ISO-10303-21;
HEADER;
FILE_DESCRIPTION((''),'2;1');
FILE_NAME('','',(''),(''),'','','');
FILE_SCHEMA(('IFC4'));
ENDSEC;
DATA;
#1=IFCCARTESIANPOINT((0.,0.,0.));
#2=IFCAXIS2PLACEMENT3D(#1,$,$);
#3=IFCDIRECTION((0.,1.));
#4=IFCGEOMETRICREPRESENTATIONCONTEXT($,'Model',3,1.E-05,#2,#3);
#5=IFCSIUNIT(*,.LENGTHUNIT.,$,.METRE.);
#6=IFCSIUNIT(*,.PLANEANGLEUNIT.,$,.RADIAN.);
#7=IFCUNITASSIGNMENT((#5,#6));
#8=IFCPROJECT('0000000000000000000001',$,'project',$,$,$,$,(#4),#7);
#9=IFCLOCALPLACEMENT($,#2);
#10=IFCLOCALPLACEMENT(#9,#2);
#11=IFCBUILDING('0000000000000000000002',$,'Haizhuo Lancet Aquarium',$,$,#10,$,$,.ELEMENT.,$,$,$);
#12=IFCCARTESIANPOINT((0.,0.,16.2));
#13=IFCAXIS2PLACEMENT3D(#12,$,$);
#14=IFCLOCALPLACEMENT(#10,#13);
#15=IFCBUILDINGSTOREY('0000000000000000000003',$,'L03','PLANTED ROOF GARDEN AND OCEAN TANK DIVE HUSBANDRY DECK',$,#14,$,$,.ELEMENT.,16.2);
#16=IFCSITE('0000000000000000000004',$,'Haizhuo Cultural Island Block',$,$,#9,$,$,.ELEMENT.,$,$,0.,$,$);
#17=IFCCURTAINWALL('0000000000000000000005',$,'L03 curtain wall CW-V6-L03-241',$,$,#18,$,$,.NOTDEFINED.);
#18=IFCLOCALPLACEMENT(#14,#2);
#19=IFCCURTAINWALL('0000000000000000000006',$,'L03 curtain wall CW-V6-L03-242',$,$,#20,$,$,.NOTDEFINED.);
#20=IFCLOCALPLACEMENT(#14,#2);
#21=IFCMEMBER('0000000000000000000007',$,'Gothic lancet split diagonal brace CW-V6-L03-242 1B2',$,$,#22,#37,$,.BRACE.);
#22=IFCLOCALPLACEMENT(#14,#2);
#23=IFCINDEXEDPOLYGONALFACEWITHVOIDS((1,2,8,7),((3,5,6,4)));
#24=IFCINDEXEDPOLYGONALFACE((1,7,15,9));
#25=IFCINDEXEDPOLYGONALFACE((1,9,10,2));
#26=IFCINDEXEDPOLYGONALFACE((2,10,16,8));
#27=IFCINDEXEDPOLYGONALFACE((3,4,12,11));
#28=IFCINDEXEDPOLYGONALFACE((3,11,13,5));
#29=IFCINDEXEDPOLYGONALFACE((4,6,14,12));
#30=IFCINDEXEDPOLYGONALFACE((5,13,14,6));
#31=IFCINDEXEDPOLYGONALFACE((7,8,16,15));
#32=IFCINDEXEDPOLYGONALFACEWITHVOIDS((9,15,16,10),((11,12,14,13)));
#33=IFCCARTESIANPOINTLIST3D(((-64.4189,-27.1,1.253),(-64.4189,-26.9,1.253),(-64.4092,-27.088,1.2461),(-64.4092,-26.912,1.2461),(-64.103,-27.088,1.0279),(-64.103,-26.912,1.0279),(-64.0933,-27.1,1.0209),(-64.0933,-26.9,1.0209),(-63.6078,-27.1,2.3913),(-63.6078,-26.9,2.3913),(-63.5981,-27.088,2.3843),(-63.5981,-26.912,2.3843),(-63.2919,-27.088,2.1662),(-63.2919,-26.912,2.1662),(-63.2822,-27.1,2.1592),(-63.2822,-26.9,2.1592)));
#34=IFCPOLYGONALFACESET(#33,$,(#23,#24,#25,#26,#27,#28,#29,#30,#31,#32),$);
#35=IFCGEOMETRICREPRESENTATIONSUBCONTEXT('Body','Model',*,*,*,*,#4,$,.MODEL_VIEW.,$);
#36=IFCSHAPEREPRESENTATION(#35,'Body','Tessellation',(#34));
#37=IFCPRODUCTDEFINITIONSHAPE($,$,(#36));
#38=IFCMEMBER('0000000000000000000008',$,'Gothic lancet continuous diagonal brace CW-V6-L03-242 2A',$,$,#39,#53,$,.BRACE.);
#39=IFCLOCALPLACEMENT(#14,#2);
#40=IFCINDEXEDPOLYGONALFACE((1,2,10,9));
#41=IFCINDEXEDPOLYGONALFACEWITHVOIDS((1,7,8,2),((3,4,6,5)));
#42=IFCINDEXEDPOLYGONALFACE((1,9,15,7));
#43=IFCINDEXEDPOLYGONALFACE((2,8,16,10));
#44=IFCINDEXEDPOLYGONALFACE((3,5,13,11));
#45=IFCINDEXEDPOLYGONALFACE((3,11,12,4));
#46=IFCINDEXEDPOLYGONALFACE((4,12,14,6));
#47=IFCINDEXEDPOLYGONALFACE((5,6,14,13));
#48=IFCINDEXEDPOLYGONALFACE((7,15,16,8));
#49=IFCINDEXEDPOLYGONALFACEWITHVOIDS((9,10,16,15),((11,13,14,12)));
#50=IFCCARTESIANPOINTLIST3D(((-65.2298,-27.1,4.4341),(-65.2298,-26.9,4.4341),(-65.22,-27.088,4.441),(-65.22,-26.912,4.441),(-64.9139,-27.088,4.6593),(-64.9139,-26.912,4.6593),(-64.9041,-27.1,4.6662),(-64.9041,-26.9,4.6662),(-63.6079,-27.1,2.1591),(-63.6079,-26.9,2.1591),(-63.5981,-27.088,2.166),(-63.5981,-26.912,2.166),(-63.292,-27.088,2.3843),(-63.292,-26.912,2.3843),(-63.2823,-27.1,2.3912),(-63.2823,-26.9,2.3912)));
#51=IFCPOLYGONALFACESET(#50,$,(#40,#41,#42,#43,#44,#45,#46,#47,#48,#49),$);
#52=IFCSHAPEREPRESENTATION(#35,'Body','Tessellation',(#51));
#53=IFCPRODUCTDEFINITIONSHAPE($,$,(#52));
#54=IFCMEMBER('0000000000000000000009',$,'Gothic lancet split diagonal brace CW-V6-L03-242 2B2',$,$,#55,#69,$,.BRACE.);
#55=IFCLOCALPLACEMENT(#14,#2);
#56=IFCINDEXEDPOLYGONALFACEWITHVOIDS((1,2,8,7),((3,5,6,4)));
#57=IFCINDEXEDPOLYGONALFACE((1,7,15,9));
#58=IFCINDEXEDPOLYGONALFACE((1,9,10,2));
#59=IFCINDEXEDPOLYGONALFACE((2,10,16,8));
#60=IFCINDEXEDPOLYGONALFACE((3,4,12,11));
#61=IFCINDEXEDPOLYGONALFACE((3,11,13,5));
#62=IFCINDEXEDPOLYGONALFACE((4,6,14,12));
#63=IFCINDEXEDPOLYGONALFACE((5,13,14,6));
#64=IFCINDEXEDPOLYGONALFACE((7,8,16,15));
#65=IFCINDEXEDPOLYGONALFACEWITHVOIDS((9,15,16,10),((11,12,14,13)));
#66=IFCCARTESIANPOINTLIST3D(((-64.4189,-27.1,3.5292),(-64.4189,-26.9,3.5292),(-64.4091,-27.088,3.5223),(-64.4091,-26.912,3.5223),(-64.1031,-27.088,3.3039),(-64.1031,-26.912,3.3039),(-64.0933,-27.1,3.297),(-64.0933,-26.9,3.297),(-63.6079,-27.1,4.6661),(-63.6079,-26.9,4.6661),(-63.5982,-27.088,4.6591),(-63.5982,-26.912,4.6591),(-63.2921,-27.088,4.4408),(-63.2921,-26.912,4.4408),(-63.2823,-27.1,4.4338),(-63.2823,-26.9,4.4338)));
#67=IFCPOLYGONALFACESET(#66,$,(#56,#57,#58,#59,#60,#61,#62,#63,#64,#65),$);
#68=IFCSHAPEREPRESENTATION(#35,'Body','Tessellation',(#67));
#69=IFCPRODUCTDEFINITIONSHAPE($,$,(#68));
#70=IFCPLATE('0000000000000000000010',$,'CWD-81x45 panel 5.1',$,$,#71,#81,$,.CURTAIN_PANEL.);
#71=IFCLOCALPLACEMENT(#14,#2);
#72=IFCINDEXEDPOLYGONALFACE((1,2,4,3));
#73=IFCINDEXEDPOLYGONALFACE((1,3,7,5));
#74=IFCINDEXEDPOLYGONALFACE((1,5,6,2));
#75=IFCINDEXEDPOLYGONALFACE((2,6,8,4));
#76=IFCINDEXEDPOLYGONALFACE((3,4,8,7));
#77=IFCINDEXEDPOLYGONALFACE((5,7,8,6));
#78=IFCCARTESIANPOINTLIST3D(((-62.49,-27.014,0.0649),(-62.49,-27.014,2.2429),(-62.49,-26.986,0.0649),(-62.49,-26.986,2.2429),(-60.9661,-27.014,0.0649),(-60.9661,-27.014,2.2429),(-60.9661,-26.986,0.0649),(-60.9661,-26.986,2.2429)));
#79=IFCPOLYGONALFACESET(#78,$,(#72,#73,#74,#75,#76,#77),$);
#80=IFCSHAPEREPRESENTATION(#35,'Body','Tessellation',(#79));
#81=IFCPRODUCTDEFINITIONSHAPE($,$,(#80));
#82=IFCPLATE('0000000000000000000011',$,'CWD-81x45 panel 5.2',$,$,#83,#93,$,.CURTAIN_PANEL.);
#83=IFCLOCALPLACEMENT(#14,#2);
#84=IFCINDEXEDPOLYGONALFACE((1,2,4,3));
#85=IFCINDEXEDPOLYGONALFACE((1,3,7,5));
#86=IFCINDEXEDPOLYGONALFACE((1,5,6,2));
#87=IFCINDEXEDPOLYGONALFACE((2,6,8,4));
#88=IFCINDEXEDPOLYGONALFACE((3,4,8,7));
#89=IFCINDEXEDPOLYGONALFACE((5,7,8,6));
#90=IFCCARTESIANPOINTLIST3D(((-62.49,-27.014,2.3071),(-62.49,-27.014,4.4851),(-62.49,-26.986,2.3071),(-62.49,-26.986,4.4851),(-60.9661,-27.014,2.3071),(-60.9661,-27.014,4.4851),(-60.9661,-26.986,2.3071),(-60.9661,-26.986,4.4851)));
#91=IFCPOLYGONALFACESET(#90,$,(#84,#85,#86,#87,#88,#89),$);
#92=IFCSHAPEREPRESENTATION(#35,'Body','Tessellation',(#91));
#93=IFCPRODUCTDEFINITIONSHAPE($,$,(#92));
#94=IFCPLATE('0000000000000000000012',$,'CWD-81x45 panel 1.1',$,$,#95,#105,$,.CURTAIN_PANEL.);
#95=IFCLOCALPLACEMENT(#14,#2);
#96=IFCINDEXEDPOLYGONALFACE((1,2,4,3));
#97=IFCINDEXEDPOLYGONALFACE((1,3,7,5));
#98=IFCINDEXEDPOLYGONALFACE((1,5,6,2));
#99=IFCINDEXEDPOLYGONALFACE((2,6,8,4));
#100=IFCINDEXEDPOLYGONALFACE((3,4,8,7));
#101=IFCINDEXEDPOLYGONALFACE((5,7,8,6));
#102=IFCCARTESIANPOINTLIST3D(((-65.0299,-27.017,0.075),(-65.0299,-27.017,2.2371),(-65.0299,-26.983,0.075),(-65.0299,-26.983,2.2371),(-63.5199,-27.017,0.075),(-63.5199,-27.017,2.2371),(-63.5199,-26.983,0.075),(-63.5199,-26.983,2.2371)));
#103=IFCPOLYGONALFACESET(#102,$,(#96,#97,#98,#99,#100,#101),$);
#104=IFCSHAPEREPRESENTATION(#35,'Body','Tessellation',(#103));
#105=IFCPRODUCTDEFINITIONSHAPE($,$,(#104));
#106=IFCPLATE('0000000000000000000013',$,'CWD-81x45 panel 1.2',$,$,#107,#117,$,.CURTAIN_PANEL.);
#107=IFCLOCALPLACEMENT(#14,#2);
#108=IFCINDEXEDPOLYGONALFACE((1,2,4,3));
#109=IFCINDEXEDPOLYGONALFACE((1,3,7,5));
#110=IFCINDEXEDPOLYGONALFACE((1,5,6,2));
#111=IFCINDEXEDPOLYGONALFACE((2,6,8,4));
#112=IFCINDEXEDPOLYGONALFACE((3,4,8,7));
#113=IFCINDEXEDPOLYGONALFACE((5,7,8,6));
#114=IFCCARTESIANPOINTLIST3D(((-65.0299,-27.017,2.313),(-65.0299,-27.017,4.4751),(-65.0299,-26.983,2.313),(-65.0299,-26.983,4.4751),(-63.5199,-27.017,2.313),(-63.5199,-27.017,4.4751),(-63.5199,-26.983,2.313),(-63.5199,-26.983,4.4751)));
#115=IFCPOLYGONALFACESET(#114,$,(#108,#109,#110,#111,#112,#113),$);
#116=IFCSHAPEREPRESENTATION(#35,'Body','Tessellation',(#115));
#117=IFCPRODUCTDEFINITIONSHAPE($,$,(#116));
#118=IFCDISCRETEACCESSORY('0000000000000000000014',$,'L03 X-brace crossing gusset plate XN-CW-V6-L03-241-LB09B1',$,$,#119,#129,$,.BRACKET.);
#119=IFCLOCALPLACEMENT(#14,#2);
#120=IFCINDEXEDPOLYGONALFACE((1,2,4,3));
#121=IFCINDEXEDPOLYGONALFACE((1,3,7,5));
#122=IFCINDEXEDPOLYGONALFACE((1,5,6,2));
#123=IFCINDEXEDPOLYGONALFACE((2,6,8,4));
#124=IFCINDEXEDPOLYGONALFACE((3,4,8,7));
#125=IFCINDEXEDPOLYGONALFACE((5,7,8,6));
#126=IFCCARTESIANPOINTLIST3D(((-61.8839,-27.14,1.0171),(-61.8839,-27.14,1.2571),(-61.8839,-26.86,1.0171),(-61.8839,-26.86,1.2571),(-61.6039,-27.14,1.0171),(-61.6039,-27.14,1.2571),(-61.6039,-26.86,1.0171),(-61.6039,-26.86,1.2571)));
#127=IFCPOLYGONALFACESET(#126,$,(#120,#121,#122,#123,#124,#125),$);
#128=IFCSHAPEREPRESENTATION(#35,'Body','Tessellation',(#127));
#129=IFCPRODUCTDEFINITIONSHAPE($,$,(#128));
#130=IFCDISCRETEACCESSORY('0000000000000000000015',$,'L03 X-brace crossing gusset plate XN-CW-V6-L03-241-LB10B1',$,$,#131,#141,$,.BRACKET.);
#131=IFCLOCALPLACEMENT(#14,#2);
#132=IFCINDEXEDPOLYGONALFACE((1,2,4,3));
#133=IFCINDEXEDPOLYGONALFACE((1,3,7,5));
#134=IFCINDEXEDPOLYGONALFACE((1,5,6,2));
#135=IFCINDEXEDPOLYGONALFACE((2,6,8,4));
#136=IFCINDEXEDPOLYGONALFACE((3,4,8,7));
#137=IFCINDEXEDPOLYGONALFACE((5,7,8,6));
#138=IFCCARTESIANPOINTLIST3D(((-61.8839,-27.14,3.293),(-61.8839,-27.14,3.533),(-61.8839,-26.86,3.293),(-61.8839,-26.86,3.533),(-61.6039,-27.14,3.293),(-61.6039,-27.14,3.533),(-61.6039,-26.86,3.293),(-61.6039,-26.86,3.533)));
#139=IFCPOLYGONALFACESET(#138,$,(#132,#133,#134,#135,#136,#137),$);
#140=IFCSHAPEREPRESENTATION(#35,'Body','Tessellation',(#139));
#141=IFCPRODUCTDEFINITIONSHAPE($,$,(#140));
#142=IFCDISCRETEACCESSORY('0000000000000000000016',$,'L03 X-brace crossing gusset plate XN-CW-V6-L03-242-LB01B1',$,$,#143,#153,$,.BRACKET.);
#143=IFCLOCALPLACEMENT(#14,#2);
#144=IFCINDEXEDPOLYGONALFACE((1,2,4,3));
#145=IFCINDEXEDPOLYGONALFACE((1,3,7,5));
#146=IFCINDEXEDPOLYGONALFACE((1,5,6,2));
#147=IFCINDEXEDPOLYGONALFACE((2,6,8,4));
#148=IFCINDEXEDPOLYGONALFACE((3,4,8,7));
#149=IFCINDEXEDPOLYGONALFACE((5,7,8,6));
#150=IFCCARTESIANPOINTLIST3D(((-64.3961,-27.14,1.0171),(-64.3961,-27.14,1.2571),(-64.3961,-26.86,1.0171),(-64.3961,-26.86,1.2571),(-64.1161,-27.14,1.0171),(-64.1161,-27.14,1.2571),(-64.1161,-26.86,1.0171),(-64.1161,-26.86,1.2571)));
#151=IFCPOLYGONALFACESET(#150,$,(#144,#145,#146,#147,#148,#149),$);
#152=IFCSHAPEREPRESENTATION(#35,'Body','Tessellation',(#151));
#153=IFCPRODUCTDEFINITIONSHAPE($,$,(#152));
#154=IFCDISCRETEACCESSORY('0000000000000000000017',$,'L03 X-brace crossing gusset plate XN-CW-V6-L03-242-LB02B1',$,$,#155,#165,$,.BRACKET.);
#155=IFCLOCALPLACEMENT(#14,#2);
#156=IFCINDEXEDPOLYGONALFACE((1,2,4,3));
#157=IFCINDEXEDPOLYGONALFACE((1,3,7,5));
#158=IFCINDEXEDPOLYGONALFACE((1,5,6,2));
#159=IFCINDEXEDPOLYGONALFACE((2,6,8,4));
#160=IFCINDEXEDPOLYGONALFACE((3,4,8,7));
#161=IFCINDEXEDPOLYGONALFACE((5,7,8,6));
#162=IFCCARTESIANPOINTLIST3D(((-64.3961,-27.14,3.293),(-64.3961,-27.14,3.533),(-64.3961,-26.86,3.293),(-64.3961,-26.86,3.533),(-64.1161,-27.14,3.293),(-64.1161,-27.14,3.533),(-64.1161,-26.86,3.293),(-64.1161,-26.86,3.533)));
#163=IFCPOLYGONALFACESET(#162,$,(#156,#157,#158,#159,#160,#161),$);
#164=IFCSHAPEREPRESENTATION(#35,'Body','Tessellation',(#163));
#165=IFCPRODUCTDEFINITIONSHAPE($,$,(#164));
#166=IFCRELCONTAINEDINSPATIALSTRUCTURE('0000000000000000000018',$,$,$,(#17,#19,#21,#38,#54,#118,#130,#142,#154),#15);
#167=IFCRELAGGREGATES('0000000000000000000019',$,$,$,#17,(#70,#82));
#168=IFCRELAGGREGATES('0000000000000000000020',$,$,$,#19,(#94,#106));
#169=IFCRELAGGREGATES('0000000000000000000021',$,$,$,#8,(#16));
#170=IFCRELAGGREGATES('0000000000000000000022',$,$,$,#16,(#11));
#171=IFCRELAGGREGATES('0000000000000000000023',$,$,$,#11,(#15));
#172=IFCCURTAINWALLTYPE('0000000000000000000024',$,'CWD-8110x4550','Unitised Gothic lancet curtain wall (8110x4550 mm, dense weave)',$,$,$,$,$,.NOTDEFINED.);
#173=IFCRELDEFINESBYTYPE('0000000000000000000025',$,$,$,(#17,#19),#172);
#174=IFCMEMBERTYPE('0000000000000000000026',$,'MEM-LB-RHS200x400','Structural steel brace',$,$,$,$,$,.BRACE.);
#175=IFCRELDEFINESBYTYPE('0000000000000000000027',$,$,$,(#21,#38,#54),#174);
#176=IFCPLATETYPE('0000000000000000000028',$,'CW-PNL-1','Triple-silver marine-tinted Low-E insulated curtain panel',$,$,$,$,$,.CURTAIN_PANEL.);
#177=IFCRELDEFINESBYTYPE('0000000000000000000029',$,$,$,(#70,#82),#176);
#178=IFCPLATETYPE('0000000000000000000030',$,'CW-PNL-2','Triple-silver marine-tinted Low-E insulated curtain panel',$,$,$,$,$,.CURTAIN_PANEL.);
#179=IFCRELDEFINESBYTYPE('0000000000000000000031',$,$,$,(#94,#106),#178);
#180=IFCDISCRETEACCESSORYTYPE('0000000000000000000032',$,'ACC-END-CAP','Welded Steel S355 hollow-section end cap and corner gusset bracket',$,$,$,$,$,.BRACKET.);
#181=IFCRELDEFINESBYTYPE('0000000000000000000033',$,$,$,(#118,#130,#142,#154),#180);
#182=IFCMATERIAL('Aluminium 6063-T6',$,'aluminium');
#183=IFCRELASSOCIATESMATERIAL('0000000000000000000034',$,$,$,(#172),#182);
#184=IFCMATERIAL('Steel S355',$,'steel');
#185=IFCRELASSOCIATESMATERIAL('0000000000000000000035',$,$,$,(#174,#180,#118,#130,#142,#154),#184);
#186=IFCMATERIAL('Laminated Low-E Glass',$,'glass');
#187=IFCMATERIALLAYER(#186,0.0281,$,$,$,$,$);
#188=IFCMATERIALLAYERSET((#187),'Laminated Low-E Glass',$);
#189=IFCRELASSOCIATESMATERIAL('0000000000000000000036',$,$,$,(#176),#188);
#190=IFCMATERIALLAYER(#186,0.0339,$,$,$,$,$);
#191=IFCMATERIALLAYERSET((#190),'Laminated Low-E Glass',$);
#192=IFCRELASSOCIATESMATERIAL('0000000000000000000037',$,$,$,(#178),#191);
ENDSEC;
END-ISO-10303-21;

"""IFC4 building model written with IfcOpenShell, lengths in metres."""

from ifc_helpers import new_model, si_unit, direction, frame, origin, origin_2d, place, context, subcontext, project, spatial, rectangle, hollow_rectangle, extrude, material, layer, layer_set, material_profile, profile_set, type_object, element, aggregate, save


model = new_model("IFC4")

# Units and contexts
model_context = context("Model", 3, precision=1e-05, world=origin(), true_north=direction((0.0, 1.0)))
body_context = subcontext(model_context, "Body", "Model", "MODEL_VIEW")
ifc_project = project(units=[si_unit("LENGTHUNIT", "METRE"), si_unit("PLANEANGLEUNIT", "RADIAN")], contexts=[model_context])

# Site, building, storey
site_placement = place(None, origin())
site = spatial("IfcSite", under=ifc_project, at=site_placement, Name="Haizhuo Cultural Island Block", CompositionType="ELEMENT", RefElevation=0.0)
building_placement = place(site_placement, origin())
building = spatial("IfcBuilding", under=site, at=building_placement, Name="Haizhuo Lancet Aquarium", CompositionType="ELEMENT")
storey_placement = place(building_placement, frame((0.0, 0.0, 16.2)))
storey = spatial("IfcBuildingStorey", under=building, at=storey_placement, Name="L03", Description="PLANTED ROOF GARDEN AND OCEAN TANK DIVE HUSBANDRY DECK", CompositionType="ELEMENT", Elevation=16.2)

# Shared definitions
ifc_material_1 = material(Name="Steel S355", Category="steel")

# Curtain wall
ifc_material_2 = material(Name="Aluminium 6063-T6", Category="aluminium")
curtain_wall_type = type_object("IfcCurtainWallType", Name="CWD-8110x4550", Description="Unitised Gothic lancet curtain wall (8110x4550 mm, dense weave)", PredefinedType="NOTDEFINED", material=ifc_material_2)
curtain_wall_1_placement = place(storey_placement, origin())
curtain_wall_1 = element("IfcCurtainWall", 1, at=curtain_wall_1_placement, inside=storey, type_object=curtain_wall_type, Name="L03 curtain wall CW-V6-L03-241", PredefinedType="NOTDEFINED")

# Curtain wall
curtain_wall_2_placement = place(storey_placement, origin())
curtain_wall_2 = element("IfcCurtainWall", 2, at=curtain_wall_2_placement, inside=storey, type_object=curtain_wall_type, Name="L03 curtain wall CW-V6-L03-242", PredefinedType="NOTDEFINED")

# Members
ifc_material_profile_1 = material_profile(ifc_material_1, hollow_rectangle(XDim=0.2, YDim=0.3999, WallThickness=0.012, at=origin_2d()), Name="RHS 200x400x12")
ifc_profile_set_1 = profile_set([ifc_material_profile_1], Name="Steel S355")
member_type_1 = type_object("IfcMemberType", Name="MEM-LB-RHS200x400", Description="Structural steel brace", PredefinedType="BRACE", material=ifc_profile_set_1)
member_1_placement = place(storey_placement, frame((-64.2561, -27.0, 1.137), z_axis=(0.580312, 0.0, 0.814394), x_axis=(0.0, 1.0, 0.0)))
element("IfcMember", 3, at=member_1_placement, inside=storey, type_object=member_type_1, Name="Gothic lancet split diagonal brace CW-V6-L03-242 1B2", PredefinedType="BRACE", context=body_context, shape_type="SweptSolid", body=[
    extrude(hollow_rectangle(XDim=0.2, YDim=0.3999, WallThickness=0.012, at=origin_2d()), origin(), (0.0, 0.0, 1.0), 1.3977),
])
member_2_placement = place(storey_placement, frame((-63.4451, -27.0, 2.2751), z_axis=(-0.580502, 0.0, 0.814259), x_axis=(0.0, -1.0, 0.0)))
element("IfcMember", 4, at=member_2_placement, inside=storey, type_object=member_type_1, Name="Gothic lancet continuous diagonal brace CW-V6-L03-242 2A", PredefinedType="BRACE", context=body_context, shape_type="SweptSolid", body=[
    extrude(hollow_rectangle(XDim=0.2, YDim=0.3999, WallThickness=0.012, at=origin_2d()), origin(), (0.0, 0.0, 1.0), 2.7939),
])
member_3_placement = place(storey_placement, frame((-64.2561, -27.0, 3.4131), z_axis=(0.580725, 0.0, 0.814099), x_axis=(0.0, 1.0, 0.0)))
element("IfcMember", 5, at=member_3_placement, inside=storey, type_object=member_type_1, Name="Gothic lancet split diagonal brace CW-V6-L03-242 2B2", PredefinedType="BRACE", context=body_context, shape_type="SweptSolid", body=[
    extrude(hollow_rectangle(XDim=0.2, YDim=0.3999, WallThickness=0.012, at=origin_2d()), origin(), (0.0, 0.0, 1.0), 1.3965),
])

# Plates
ifc_material_3 = material(Name="Laminated Low-E Glass", Category="glass")
ifc_layer_1 = layer(ifc_material_3, 0.0281)
ifc_layer_set_1 = layer_set([ifc_layer_1], Name="Laminated Low-E Glass")
plate_type_1 = type_object("IfcPlateType", Name="CW-PNL-1", Description="Triple-silver marine-tinted Low-E insulated curtain panel", PredefinedType="CURTAIN_PANEL", material=ifc_layer_set_1)
plate_1_placement = place(storey_placement, frame((-61.728, -27.0, 0.0649), z_axis=(0.0, 0.0, 1.0), x_axis=(-1.0, 0.0, 0.0)))
plate_1 = element("IfcPlate", 6, at=plate_1_placement, type_object=plate_type_1, Name="CWD-81x45 panel 5.1", PredefinedType="CURTAIN_PANEL", context=body_context, shape_type="SweptSolid", body=[
    extrude(rectangle(XDim=1.5239, YDim=0.0281, at=origin_2d()), origin(), (0.0, 0.0, 1.0), 2.178),
])
plate_2_placement = place(storey_placement, frame((-61.728, -27.0, 2.3071), z_axis=(0.0, 0.0, 1.0), x_axis=(-1.0, 0.0, 0.0)))
plate_2 = element("IfcPlate", 7, at=plate_2_placement, type_object=plate_type_1, Name="CWD-81x45 panel 5.2", PredefinedType="CURTAIN_PANEL", context=body_context, shape_type="SweptSolid", body=[
    extrude(rectangle(XDim=1.5239, YDim=0.0281, at=origin_2d()), origin(), (0.0, 0.0, 1.0), 2.178),
])
aggregate(curtain_wall_1, [plate_1, plate_2])
ifc_layer_2 = layer(ifc_material_3, 0.0339)
ifc_layer_set_2 = layer_set([ifc_layer_2], Name="Laminated Low-E Glass")
plate_type_2 = type_object("IfcPlateType", Name="CW-PNL-2", Description="Triple-silver marine-tinted Low-E insulated curtain panel", PredefinedType="CURTAIN_PANEL", material=ifc_layer_set_2)
plate_3_placement = place(storey_placement, frame((-64.2749, -27.0, 0.075), z_axis=(0.0, 0.0, 1.0), x_axis=(-1.0, 0.0, 0.0)))
plate_3 = element("IfcPlate", 8, at=plate_3_placement, type_object=plate_type_2, Name="CWD-81x45 panel 1.1", PredefinedType="CURTAIN_PANEL", context=body_context, shape_type="SweptSolid", body=[
    extrude(rectangle(XDim=1.51, YDim=0.0339, at=origin_2d()), origin(), (0.0, 0.0, 1.0), 2.1621),
])
plate_4_placement = place(storey_placement, frame((-64.2749, -27.0, 2.313), z_axis=(0.0, 0.0, 1.0), x_axis=(-1.0, 0.0, 0.0)))
plate_4 = element("IfcPlate", 9, at=plate_4_placement, type_object=plate_type_2, Name="CWD-81x45 panel 1.2", PredefinedType="CURTAIN_PANEL", context=body_context, shape_type="SweptSolid", body=[
    extrude(rectangle(XDim=1.51, YDim=0.0339, at=origin_2d()), origin(), (0.0, 0.0, 1.0), 2.1621),
])
aggregate(curtain_wall_2, [plate_3, plate_4])

# Discrete accessories
discrete_accessory_type = type_object("IfcDiscreteAccessoryType", Name="ACC-END-CAP", Description="Welded Steel S355 hollow-section end cap and corner gusset bracket", PredefinedType="BRACKET", material=ifc_material_1)
for number, where, z_axis, x_axis, name in (
    (10, (-61.7439, -27.0, 1.0171), (0.0, 0.0, 1.0), (1.0, 0.0, 0.0), "L03 X-brace crossing gusset plate XN-CW-V6-L03-241-LB09B1"),
    (11, (-61.7439, -27.0, 3.293), (0.0, 0.0, 1.0), (1.0, 0.0, 0.0), "L03 X-brace crossing gusset plate XN-CW-V6-L03-241-LB10B1"),
    (12, (-64.2561, -27.0, 1.0171), (0.0, 0.0, 1.0), (1.0, 0.0, 0.0), "L03 X-brace crossing gusset plate XN-CW-V6-L03-242-LB01B1"),
    (13, (-64.2561, -27.0, 3.293), (0.0, 0.0, 1.0), (1.0, 0.0, 0.0), "L03 X-brace crossing gusset plate XN-CW-V6-L03-242-LB02B1"),
):
    element("IfcDiscreteAccessory", number, at=place(storey_placement, frame(where, z_axis=z_axis, x_axis=x_axis)), inside=storey, type_object=discrete_accessory_type, material=ifc_material_1, Name=name, PredefinedType="BRACKET", context=body_context, shape_type="SweptSolid", body=[
        extrude(rectangle(XDim=0.28, YDim=0.28, at=origin_2d()), origin(), (0.0, 0.0, 1.0), 0.24),
    ])

save(model, "model.ifc")
